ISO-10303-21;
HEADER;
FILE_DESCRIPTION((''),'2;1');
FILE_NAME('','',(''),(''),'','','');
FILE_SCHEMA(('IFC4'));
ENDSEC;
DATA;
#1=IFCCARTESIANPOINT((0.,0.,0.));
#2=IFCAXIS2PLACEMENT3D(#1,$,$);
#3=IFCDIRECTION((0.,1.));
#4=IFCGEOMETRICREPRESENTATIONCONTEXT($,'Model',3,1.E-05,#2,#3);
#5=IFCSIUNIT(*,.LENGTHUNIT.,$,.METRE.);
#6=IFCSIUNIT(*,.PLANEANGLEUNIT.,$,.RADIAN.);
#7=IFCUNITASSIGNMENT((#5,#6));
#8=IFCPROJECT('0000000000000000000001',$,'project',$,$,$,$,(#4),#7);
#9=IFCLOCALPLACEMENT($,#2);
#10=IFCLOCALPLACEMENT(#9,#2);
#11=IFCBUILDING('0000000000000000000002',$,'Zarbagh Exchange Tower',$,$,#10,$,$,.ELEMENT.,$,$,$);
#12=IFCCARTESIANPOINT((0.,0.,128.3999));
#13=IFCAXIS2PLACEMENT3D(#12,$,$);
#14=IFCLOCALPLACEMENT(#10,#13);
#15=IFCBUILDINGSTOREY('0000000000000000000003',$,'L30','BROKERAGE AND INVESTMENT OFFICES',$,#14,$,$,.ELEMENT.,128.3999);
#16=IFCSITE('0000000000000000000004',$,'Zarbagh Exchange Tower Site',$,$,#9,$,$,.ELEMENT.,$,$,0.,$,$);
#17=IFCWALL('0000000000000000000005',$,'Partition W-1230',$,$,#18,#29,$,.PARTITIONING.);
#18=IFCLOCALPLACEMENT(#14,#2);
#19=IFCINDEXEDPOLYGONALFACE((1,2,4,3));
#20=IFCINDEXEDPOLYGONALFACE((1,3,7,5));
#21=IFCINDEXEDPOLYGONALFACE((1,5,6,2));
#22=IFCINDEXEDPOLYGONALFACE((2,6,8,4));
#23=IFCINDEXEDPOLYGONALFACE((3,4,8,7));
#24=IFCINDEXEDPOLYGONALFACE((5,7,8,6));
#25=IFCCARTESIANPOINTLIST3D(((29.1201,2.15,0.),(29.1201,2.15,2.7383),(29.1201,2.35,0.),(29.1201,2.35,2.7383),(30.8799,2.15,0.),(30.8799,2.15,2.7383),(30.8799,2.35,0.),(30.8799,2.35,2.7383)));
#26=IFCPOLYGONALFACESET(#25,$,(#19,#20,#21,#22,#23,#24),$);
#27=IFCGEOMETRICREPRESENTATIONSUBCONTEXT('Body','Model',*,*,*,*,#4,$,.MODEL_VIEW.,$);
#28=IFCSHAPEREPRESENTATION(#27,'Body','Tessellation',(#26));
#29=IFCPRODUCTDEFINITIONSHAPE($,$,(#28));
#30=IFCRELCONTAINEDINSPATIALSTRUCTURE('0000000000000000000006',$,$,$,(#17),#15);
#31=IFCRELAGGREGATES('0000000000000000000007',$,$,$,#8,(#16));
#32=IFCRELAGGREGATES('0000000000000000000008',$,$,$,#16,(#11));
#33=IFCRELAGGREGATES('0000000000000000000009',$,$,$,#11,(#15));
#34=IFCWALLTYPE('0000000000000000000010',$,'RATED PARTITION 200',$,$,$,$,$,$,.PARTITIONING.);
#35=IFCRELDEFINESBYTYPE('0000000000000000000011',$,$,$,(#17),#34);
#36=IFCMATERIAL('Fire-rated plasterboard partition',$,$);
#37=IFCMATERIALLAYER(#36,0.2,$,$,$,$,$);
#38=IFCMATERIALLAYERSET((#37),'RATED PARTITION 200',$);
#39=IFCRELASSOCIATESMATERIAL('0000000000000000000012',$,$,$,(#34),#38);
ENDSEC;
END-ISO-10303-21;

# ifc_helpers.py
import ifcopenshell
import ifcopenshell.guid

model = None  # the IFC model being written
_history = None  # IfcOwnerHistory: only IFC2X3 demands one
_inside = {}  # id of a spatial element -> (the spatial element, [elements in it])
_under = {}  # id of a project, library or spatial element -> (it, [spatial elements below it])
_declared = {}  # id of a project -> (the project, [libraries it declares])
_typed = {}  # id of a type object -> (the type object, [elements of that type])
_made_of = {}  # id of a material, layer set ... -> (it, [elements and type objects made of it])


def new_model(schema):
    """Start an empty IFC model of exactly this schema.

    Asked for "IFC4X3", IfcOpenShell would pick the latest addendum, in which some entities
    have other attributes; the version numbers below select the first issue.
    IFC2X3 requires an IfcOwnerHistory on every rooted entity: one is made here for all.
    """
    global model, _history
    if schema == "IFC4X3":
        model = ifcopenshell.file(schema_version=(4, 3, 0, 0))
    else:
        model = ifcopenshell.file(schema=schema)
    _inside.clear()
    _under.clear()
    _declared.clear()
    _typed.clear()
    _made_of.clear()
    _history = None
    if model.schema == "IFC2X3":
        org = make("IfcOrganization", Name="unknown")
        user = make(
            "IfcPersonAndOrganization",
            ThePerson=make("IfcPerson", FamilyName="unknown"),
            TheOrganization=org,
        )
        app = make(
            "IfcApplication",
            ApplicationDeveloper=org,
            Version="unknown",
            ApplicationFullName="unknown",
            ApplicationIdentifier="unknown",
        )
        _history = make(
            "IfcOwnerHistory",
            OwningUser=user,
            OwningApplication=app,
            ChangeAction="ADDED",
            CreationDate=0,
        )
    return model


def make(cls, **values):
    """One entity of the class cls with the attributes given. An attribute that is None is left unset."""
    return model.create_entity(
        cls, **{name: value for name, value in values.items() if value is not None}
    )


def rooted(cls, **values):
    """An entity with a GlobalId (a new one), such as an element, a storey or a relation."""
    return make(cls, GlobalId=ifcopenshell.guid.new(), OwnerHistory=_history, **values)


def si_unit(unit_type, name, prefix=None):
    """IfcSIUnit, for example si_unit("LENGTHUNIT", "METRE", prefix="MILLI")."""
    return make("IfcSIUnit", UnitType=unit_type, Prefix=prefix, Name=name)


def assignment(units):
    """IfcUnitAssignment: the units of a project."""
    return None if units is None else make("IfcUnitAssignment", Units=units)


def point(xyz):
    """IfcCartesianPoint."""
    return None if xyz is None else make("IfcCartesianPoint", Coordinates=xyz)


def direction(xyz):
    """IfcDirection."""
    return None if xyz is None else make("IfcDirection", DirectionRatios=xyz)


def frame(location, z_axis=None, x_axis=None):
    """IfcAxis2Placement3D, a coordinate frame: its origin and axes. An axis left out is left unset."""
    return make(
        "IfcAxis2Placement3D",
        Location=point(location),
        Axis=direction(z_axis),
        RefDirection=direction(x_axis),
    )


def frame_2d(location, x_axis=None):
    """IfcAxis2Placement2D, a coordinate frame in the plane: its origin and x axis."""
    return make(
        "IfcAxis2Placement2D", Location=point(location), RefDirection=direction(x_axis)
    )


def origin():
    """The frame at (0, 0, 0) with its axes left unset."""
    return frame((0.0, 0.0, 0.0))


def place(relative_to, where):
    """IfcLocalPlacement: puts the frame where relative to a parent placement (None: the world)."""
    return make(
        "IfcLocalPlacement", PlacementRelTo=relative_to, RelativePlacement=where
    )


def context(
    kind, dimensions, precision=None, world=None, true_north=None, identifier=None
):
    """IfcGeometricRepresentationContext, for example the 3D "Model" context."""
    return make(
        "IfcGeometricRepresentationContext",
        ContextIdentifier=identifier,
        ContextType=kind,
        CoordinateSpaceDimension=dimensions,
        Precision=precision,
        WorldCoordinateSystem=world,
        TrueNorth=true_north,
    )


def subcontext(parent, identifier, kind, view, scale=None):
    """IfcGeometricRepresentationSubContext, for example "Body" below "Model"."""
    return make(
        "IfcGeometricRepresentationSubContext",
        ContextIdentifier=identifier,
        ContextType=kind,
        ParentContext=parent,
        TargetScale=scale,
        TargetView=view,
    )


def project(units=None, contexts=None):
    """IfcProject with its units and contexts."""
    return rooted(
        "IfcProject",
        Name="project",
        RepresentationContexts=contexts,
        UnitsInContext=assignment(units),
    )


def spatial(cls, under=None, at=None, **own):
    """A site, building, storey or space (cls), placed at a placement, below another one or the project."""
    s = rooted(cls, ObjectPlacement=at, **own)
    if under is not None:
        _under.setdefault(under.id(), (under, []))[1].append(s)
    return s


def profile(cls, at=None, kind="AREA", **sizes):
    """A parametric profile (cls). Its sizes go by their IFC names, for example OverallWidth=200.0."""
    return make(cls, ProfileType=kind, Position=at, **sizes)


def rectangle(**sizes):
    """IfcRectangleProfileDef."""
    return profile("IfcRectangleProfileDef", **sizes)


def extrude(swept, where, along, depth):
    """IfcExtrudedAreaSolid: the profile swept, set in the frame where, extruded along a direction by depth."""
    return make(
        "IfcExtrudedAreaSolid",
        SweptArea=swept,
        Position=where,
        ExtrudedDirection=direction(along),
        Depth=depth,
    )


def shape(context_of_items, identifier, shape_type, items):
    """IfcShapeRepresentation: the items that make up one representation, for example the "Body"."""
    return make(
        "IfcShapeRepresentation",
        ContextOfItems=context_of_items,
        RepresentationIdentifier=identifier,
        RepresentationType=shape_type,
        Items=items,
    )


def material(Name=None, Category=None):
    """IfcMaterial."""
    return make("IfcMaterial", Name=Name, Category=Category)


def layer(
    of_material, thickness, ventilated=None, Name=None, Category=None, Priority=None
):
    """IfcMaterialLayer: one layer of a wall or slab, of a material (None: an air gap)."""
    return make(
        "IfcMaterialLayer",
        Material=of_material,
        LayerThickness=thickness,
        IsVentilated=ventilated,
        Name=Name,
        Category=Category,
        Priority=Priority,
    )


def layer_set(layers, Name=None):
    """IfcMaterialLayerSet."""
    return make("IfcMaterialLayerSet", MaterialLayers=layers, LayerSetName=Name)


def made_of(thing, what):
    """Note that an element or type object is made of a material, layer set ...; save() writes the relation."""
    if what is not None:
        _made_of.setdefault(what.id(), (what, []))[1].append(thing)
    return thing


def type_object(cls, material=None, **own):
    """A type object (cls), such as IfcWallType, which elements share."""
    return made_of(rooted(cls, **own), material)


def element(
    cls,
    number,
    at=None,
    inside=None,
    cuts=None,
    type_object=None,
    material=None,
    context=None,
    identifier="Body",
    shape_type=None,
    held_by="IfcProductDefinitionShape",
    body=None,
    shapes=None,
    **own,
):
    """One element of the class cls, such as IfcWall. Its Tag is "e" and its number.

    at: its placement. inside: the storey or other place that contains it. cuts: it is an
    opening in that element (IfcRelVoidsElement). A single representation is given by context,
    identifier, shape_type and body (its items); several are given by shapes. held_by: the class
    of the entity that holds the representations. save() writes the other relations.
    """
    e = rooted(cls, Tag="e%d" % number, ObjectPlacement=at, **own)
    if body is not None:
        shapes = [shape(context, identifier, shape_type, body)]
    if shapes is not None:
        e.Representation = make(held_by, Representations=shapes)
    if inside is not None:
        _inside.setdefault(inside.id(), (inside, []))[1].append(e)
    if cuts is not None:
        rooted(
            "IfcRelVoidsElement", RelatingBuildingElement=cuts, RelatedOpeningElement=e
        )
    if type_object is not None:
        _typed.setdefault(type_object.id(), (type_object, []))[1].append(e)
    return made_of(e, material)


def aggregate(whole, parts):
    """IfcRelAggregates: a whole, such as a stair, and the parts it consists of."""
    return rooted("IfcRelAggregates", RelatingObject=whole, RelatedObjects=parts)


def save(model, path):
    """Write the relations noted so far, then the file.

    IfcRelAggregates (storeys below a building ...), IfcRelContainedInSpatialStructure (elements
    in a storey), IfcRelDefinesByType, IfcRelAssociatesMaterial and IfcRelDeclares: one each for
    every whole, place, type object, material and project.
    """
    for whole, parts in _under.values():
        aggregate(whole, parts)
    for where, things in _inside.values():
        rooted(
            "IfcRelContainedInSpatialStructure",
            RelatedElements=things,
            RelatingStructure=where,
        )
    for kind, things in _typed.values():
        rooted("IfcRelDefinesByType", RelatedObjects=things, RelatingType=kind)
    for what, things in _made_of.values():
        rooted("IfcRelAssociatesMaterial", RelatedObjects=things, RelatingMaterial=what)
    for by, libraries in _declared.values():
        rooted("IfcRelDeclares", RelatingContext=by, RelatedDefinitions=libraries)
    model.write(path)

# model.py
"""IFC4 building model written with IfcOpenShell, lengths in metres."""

from ifc_helpers import new_model, si_unit, direction, frame, frame_2d, origin, place, context, subcontext, project, spatial, rectangle, extrude, material, layer, layer_set, type_object, element, save


model = new_model("IFC4")

# Units and contexts
model_context = context("Model", 3, precision=1e-05, world=origin(), true_north=direction((0.0, 1.0)))
body_context = subcontext(model_context, "Body", "Model", "MODEL_VIEW")
ifc_project = project(units=[si_unit("LENGTHUNIT", "METRE"), si_unit("PLANEANGLEUNIT", "RADIAN")], contexts=[model_context])

# Site, building, storey
site_placement = place(None, origin())
site = spatial("IfcSite", under=ifc_project, at=site_placement, Name="Zarbagh Exchange Tower Site", CompositionType="ELEMENT", RefElevation=0.0)
building_placement = place(site_placement, origin())
building = spatial("IfcBuilding", under=site, at=building_placement, Name="Zarbagh Exchange Tower", CompositionType="ELEMENT")
storey_placement = place(building_placement, frame((0.0, 0.0, 128.3999)))
storey = spatial("IfcBuildingStorey", under=building, at=storey_placement, Name="L30", Description="BROKERAGE AND INVESTMENT OFFICES", CompositionType="ELEMENT", Elevation=128.3999)

# Shared definitions
ifc_material_1 = material(Name="Fire-rated plasterboard partition")
ifc_layer = layer(ifc_material_1, 0.2)
ifc_layer_set = layer_set([ifc_layer], Name="RATED PARTITION 200")
wall_type = type_object("IfcWallType", Name="RATED PARTITION 200", PredefinedType="PARTITIONING", material=ifc_layer_set)

# Wall
wall_1_placement = place(storey_placement, frame((29.1201, 2.25, 0.0), z_axis=(0.0, 0.0, 1.0), x_axis=(1.0, 0.0, 0.0)))
element("IfcWall", 1, at=wall_1_placement, inside=storey, type_object=wall_type, Name="Partition W-1230", PredefinedType="PARTITIONING", context=body_context, shape_type="SweptSolid", body=[
    extrude(rectangle(XDim=1.7598, YDim=0.2, at=frame_2d((0.8799, 0.0))), origin(), (0.0, 0.0, 1.0), 2.7383),
])

save(model, "model.ifc")
